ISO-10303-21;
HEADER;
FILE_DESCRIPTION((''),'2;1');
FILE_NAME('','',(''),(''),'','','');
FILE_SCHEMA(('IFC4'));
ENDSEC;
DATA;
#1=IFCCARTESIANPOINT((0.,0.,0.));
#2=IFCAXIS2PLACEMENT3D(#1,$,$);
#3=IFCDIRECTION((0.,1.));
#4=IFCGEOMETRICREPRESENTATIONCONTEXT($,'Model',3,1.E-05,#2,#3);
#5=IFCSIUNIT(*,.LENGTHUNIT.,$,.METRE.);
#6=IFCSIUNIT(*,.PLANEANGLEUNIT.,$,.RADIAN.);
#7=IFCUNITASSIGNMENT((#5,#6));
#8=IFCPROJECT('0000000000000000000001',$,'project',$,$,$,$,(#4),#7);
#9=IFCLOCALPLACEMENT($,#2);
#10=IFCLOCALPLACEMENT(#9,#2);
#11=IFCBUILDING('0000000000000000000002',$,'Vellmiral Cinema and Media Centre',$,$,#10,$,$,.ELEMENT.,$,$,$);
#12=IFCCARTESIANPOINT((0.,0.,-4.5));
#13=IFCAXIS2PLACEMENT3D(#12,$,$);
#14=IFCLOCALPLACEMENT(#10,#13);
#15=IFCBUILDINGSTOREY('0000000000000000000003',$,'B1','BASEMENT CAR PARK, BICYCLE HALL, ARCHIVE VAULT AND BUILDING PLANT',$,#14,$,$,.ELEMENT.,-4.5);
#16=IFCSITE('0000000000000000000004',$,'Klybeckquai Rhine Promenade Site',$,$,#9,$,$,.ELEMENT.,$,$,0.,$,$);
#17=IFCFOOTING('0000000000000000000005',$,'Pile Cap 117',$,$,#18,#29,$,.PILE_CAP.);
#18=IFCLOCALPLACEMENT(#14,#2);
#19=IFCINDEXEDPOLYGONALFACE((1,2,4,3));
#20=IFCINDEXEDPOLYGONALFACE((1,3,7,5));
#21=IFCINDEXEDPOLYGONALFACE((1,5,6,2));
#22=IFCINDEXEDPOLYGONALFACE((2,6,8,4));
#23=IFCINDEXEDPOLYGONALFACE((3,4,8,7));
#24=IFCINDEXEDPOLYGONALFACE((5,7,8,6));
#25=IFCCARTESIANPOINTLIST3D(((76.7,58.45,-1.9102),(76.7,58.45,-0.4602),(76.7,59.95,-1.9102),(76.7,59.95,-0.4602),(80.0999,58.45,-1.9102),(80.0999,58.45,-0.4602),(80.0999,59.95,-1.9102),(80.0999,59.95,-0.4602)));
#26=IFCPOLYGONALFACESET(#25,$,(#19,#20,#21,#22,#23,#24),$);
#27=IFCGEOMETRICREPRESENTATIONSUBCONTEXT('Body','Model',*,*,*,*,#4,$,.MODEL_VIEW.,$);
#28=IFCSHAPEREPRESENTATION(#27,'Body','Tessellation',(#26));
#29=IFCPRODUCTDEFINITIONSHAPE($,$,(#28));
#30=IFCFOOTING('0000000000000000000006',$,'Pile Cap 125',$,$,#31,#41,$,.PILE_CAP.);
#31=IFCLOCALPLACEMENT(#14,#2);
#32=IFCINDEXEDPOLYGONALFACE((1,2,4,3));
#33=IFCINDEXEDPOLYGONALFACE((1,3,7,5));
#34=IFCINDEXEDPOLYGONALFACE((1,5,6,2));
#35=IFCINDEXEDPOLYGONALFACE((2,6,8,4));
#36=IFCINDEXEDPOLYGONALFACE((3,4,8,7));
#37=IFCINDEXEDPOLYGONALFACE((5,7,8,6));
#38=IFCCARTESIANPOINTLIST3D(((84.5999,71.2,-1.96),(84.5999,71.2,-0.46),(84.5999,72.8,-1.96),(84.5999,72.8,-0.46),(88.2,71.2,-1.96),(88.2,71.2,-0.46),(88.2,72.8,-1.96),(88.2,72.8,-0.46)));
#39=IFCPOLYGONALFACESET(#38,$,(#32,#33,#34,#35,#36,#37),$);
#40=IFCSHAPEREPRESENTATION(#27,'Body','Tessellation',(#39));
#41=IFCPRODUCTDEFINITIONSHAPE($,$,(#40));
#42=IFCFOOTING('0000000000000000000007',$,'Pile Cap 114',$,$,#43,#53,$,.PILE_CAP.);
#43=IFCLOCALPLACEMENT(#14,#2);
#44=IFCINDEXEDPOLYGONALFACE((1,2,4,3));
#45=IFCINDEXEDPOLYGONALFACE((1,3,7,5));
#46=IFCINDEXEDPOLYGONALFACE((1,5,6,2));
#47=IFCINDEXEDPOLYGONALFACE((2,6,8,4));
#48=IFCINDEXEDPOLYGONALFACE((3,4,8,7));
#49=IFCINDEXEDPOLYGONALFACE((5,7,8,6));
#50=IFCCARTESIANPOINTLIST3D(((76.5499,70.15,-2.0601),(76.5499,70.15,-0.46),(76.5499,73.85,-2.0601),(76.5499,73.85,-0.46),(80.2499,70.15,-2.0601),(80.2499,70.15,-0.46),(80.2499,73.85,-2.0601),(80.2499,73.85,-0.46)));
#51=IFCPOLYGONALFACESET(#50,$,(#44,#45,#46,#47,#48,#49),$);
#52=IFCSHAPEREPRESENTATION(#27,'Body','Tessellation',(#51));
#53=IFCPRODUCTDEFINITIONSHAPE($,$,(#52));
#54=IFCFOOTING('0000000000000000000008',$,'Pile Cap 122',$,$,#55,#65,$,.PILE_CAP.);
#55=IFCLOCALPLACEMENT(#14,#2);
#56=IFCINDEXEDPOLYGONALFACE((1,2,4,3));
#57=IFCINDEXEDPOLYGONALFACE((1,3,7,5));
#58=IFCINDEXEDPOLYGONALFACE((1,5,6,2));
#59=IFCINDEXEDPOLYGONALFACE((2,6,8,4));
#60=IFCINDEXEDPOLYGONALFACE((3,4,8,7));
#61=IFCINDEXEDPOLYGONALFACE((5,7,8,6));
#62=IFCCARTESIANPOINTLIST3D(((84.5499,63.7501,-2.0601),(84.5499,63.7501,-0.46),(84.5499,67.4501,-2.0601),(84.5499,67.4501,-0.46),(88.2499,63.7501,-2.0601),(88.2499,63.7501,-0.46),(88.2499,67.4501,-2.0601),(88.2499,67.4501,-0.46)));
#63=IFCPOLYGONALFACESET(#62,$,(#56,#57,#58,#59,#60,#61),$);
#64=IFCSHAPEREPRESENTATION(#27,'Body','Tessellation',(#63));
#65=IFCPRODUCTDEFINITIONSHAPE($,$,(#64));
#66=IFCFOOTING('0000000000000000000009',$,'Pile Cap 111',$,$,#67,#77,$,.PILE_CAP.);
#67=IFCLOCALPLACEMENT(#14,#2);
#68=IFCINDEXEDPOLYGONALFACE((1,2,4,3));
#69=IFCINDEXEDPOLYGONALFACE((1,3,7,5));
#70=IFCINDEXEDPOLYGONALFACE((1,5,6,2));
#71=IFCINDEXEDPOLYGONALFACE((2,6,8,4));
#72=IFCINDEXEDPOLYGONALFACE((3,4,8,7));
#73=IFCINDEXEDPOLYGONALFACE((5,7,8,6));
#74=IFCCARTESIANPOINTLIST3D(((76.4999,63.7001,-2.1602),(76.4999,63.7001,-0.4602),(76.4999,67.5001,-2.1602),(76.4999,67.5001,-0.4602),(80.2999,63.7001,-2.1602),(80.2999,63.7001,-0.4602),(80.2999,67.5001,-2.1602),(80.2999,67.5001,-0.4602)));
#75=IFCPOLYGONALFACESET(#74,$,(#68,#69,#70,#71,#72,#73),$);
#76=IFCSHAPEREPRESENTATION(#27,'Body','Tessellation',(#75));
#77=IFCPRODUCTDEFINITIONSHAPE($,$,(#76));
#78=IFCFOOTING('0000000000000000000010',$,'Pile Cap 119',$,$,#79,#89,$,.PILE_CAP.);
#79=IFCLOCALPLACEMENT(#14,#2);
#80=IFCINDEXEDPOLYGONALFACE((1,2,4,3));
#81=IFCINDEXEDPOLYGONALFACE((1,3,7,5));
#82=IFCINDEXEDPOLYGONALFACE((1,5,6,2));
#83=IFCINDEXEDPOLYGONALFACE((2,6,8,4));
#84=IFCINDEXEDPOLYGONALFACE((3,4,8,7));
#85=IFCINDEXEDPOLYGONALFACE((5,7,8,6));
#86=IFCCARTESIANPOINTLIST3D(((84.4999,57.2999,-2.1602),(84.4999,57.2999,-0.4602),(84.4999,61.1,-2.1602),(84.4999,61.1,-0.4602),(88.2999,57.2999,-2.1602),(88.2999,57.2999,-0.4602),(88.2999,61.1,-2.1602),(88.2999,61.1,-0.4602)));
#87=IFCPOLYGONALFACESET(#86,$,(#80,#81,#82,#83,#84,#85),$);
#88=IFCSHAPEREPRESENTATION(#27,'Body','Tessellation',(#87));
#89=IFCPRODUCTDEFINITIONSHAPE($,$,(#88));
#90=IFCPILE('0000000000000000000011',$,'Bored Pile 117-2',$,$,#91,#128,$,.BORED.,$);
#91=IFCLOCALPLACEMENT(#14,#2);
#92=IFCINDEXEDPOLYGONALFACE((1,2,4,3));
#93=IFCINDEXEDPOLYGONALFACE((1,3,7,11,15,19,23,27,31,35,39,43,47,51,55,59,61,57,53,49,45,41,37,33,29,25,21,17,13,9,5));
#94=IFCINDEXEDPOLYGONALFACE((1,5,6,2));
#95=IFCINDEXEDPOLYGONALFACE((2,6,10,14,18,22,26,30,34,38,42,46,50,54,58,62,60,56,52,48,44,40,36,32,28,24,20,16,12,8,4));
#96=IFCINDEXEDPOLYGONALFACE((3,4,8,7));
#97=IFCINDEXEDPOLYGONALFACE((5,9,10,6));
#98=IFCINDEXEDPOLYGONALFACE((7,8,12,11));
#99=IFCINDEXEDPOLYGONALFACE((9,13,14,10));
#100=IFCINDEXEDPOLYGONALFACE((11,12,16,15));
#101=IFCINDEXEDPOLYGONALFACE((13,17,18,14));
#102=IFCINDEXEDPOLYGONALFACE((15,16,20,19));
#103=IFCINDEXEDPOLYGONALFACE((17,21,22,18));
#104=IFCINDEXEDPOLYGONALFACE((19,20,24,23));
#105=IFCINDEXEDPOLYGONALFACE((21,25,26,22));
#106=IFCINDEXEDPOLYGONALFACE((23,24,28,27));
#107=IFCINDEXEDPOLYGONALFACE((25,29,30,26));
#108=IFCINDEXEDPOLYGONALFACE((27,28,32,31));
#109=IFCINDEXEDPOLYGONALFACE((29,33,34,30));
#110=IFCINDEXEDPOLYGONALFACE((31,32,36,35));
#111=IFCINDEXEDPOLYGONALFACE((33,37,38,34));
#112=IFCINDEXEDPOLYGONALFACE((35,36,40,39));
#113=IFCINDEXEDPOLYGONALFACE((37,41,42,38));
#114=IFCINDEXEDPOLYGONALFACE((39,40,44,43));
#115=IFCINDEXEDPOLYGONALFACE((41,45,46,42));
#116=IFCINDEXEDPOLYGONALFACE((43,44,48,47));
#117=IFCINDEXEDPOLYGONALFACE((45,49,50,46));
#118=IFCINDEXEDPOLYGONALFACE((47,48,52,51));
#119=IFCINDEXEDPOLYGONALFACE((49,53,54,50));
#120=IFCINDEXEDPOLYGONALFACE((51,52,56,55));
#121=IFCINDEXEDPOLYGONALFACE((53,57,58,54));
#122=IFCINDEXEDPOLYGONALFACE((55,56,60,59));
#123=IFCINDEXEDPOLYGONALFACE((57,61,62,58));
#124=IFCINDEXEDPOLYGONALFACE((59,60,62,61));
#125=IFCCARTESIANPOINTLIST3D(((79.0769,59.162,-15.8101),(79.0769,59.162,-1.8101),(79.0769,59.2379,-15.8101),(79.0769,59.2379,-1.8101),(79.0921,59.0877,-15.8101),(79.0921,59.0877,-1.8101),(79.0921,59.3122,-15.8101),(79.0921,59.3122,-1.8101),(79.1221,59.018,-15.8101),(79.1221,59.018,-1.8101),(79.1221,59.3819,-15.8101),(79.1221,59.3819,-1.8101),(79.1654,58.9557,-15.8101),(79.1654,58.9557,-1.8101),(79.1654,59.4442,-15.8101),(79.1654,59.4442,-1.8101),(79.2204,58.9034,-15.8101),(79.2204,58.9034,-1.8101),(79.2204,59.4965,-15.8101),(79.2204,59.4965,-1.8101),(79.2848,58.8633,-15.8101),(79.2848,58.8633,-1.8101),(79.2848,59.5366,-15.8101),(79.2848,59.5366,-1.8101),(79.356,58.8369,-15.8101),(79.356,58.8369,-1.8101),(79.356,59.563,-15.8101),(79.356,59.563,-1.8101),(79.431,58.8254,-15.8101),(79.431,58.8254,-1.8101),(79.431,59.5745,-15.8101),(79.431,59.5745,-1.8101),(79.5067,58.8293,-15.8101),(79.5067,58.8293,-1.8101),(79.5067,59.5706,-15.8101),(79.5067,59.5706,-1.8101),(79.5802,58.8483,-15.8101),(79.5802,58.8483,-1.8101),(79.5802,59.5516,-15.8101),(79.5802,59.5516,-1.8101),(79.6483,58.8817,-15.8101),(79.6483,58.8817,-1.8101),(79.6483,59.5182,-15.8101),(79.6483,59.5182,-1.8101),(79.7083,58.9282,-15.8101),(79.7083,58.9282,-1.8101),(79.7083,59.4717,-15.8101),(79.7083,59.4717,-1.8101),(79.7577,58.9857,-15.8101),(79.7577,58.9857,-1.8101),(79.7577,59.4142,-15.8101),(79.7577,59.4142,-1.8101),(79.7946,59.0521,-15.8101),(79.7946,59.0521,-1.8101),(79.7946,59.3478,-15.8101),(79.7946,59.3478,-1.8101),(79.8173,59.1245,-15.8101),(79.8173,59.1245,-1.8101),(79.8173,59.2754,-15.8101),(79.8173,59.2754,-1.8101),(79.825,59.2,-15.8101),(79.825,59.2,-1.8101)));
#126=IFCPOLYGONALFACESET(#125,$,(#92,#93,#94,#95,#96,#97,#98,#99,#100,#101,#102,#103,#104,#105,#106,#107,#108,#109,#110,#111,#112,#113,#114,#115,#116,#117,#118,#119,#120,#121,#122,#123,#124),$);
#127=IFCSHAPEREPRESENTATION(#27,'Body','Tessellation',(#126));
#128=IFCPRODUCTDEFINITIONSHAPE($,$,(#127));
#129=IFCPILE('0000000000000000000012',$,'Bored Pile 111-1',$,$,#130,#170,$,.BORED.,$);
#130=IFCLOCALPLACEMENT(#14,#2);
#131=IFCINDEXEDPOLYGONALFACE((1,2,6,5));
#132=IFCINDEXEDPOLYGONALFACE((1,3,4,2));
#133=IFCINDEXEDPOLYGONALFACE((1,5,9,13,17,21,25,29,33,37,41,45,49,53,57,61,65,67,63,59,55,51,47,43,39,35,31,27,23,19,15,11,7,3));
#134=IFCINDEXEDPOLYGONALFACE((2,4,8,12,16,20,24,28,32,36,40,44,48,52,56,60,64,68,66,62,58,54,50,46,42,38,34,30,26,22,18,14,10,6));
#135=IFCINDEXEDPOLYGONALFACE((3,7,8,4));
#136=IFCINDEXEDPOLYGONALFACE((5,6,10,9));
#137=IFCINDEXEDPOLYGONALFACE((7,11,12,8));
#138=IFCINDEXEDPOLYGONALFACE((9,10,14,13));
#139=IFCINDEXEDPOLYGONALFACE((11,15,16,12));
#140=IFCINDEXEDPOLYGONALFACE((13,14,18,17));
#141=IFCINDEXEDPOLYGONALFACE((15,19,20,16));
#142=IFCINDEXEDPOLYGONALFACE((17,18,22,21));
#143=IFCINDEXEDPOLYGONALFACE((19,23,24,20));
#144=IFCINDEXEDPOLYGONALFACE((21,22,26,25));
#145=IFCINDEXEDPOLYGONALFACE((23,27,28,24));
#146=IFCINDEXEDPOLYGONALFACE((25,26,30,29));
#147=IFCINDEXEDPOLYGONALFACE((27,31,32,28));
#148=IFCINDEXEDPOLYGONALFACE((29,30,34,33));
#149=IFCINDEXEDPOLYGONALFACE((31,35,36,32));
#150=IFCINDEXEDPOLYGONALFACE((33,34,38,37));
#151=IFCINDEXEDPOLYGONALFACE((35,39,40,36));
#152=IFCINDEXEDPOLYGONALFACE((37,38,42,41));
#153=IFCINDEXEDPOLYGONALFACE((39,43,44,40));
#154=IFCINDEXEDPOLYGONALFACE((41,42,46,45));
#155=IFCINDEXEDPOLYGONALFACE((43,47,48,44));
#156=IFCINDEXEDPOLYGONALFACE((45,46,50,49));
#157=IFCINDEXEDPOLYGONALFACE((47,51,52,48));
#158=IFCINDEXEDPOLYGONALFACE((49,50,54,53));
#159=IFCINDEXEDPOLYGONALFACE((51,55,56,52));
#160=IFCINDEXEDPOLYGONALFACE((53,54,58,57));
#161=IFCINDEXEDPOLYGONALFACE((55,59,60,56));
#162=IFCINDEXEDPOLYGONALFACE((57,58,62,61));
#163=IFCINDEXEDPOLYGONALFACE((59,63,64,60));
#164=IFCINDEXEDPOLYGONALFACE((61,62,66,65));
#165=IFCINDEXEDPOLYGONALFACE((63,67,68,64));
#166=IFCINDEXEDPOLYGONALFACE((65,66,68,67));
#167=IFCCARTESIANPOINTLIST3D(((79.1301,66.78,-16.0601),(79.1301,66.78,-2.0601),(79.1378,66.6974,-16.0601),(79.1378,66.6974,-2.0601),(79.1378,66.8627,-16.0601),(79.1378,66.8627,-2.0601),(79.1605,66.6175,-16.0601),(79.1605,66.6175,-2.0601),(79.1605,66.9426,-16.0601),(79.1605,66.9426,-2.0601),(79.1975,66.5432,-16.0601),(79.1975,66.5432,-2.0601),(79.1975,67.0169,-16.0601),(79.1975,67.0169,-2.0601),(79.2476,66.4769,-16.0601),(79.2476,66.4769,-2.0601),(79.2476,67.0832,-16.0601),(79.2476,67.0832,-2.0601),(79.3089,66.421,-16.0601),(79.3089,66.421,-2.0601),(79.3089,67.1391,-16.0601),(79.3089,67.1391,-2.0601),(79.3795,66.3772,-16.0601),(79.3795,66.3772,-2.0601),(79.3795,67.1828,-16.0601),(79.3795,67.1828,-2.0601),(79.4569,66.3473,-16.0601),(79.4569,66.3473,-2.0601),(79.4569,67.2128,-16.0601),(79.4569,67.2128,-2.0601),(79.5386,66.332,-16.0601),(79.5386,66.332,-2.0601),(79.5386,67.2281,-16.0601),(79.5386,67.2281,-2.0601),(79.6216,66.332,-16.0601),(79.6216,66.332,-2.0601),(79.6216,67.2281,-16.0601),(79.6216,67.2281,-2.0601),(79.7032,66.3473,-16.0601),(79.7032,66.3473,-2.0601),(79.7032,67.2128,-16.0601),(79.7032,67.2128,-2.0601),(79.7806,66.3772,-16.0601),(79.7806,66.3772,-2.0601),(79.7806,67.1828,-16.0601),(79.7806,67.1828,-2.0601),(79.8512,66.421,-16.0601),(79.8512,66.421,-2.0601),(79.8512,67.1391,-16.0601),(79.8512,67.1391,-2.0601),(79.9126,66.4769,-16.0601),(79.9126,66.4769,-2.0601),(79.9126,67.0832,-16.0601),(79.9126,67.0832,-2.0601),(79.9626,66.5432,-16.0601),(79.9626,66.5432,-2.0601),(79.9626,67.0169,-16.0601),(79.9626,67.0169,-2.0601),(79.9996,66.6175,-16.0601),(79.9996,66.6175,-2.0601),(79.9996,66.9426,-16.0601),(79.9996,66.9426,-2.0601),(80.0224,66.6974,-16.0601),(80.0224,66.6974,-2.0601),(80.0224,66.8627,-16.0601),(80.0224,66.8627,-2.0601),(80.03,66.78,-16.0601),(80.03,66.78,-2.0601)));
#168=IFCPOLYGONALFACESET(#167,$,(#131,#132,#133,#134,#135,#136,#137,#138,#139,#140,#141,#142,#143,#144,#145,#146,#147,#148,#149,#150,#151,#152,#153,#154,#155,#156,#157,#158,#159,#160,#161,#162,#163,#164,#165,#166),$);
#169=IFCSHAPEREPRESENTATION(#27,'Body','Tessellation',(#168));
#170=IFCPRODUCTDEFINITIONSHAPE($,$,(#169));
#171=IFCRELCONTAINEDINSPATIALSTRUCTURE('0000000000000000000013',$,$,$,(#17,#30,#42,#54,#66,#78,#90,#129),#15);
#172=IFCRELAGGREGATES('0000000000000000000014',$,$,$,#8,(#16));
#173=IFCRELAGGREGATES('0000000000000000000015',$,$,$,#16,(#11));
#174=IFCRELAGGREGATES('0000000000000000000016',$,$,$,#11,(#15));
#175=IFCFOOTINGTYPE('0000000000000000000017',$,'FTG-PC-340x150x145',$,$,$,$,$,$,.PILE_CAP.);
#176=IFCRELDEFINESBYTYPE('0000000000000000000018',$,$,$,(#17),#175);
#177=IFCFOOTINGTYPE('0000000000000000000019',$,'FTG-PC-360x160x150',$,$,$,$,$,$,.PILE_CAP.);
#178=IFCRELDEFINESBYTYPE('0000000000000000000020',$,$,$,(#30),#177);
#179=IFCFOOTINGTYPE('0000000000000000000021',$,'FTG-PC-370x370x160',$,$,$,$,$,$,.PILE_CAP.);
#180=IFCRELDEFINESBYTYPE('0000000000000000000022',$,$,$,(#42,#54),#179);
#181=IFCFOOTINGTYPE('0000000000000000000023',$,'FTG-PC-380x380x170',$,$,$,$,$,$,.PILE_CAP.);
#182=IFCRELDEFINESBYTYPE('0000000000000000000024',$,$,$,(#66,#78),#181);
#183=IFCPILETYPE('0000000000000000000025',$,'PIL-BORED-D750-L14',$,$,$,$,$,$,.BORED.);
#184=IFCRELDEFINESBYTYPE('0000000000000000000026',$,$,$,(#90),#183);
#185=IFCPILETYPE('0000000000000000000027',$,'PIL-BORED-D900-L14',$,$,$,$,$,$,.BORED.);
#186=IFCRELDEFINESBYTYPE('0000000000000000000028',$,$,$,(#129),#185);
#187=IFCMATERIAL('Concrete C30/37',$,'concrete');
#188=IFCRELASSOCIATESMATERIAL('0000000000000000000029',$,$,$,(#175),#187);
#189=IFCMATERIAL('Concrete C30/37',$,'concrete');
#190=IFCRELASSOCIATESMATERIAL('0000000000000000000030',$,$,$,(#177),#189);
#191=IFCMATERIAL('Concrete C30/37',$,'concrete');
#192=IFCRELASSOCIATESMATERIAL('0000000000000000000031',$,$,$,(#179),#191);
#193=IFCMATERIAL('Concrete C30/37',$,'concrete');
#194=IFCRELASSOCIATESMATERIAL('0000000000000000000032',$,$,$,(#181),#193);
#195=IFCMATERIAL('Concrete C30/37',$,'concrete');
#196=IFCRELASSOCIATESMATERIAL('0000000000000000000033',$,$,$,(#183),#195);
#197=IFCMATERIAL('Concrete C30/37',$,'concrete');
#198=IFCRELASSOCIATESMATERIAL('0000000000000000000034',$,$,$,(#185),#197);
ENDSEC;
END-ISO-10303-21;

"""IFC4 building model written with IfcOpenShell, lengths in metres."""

from ifc_helpers import new_model, si_unit, direction, frame, origin, origin_2d, place, context, subcontext, project, spatial, rectangle, circle, extrude, material, material_profile, profile_set, type_object, element, save


model = new_model("IFC4")

# Units and contexts
model_context = context("Model", 3, precision=1e-05, world=origin(), true_north=direction((0.0, 1.0)))
body_context = subcontext(model_context, "Body", "Model", "MODEL_VIEW")
ifc_project = project(units=[si_unit("LENGTHUNIT", "METRE"), si_unit("PLANEANGLEUNIT", "RADIAN")], contexts=[model_context])

# Site, building, storey
site_placement = place(None, origin())
site = spatial("IfcSite", under=ifc_project, at=site_placement, Name="Klybeckquai Rhine Promenade Site", CompositionType="ELEMENT", RefElevation=0.0)
building_placement = place(site_placement, origin())
building = spatial("IfcBuilding", under=site, at=building_placement, Name="Vellmiral Cinema and Media Centre", CompositionType="ELEMENT")
storey_placement = place(building_placement, frame((0.0, 0.0, -4.5)))
storey = spatial("IfcBuildingStorey", under=building, at=storey_placement, Name="B1", Description="BASEMENT CAR PARK, BICYCLE HALL, ARCHIVE VAULT AND BUILDING PLANT", CompositionType="ELEMENT", Elevation=-4.5)

# Footings
ifc_material_1 = material(Name="Concrete C30/37", Category="concrete")
footing_type_1 = type_object("IfcFootingType", Name="FTG-PC-340x150x145", PredefinedType="PILE_CAP", material=ifc_material_1)
footing_1_placement = place(storey_placement, frame((78.3999, 59.2, -1.9102), z_axis=(0.0, 0.0, 1.0), x_axis=(1.0, 0.0, 0.0)))
element("IfcFooting", 1, at=footing_1_placement, inside=storey, type_object=footing_type_1, Name="Pile Cap 117", PredefinedType="PILE_CAP", context=body_context, shape_type="SweptSolid", body=[
    extrude(rectangle(XDim=3.3999, YDim=1.5, at=origin_2d()), origin(), (0.0, 0.0, 1.0), 1.45),
])
ifc_material_2 = material(Name="Concrete C30/37", Category="concrete")
footing_type_2 = type_object("IfcFootingType", Name="FTG-PC-360x160x150", PredefinedType="PILE_CAP", material=ifc_material_2)
footing_2_placement = place(storey_placement, frame((86.3999, 72.0, -1.96), z_axis=(0.0, 0.0, 1.0), x_axis=(1.0, 0.0, 0.0)))
element("IfcFooting", 2, at=footing_2_placement, inside=storey, type_object=footing_type_2, Name="Pile Cap 125", PredefinedType="PILE_CAP", context=body_context, shape_type="SweptSolid", body=[
    extrude(rectangle(XDim=3.6001, YDim=1.6001, at=origin_2d()), origin(), (0.0, 0.0, 1.0), 1.5),
])
ifc_material_3 = material(Name="Concrete C30/37", Category="concrete")
footing_type_3 = type_object("IfcFootingType", Name="FTG-PC-370x370x160", PredefinedType="PILE_CAP", material=ifc_material_3)
for number, where, z_axis, x_axis, name in (
    (3, (78.3999, 72.0, -2.0601), (0.0, 0.0, 1.0), (1.0, 0.0, 0.0), "Pile Cap 114"),
    (4, (86.3999, 65.6001, -2.0601), (0.0, 0.0, 1.0), (1.0, 0.0, 0.0), "Pile Cap 122"),
):
    element("IfcFooting", number, at=place(storey_placement, frame(where, z_axis=z_axis, x_axis=x_axis)), inside=storey, type_object=footing_type_3, Name=name, PredefinedType="PILE_CAP", context=body_context, shape_type="SweptSolid", body=[
        extrude(rectangle(XDim=3.7, YDim=3.7, at=origin_2d()), origin(), (0.0, 0.0, 1.0), 1.6001),
    ])
ifc_material_4 = material(Name="Concrete C30/37", Category="concrete")
footing_type_4 = type_object("IfcFootingType", Name="FTG-PC-380x380x170", PredefinedType="PILE_CAP", material=ifc_material_4)
for number, where, z_axis, x_axis, name in (
    (5, (78.3999, 65.6001, -2.1602), (0.0, 0.0, 1.0), (1.0, 0.0, 0.0), "Pile Cap 111"),
    (6, (86.3999, 59.2, -2.1602), (0.0, 0.0, 1.0), (1.0, 0.0, 0.0), "Pile Cap 119"),
):
    element("IfcFooting", number, at=place(storey_placement, frame(where, z_axis=z_axis, x_axis=x_axis)), inside=storey, type_object=footing_type_4, Name=name, PredefinedType="PILE_CAP", context=body_context, shape_type="SweptSolid", body=[
        extrude(rectangle(XDim=3.8, YDim=3.8, at=origin_2d()), origin(), (0.0, 0.0, 1.0), 1.7),
    ])

# Piles
ifc_material_5 = material(Name="Concrete C30/37", Category="concrete")
ifc_material_profile_1 = material_profile(ifc_material_5, circle(Radius=0.375, at=origin_2d()), Name="PILE D750")
ifc_profile_set_1 = profile_set([ifc_material_profile_1], Name="Concrete C30/37")
pile_type_1 = type_object("IfcPileType", Name="PIL-BORED-D750-L14", PredefinedType="BORED", material=ifc_profile_set_1)
pile_1_placement = place(storey_placement, frame((79.45, 59.2, -1.8101), z_axis=(0.0, 0.0, -1.0), x_axis=(1.0, 0.0, 0.0)))
element("IfcPile", 7, at=pile_1_placement, inside=storey, type_object=pile_type_1, Name="Bored Pile 117-2", PredefinedType="BORED", context=body_context, shape_type="SweptSolid", body=[
    extrude(circle(Radius=0.375, at=origin_2d()), origin(), (0.0, 0.0, 1.0), 14.0),
])
ifc_material_6 = material(Name="Concrete C30/37", Category="concrete")
ifc_material_profile_2 = material_profile(ifc_material_6, circle(Radius=0.45, at=origin_2d()), Name="PILE D900")
ifc_profile_set_2 = profile_set([ifc_material_profile_2], Name="Concrete C30/37")
pile_type_2 = type_object("IfcPileType", Name="PIL-BORED-D900-L14", PredefinedType="BORED", material=ifc_profile_set_2)
for number, where, z_axis, x_axis, name in (
    (8, (79.5801, 66.78, -2.0601), (0.0, 0.0, -1.0), (1.0, 0.0, 0.0), "Bored Pile 111-1"),
):
    element("IfcPile", number, at=place(storey_placement, frame(where, z_axis=z_axis, x_axis=x_axis)), inside=storey, type_object=pile_type_2, Name=name, PredefinedType="BORED", context=body_context, shape_type="SweptSolid", body=[
        extrude(circle(Radius=0.45, at=origin_2d()), origin(), (0.0, 0.0, 1.0), 14.0),
    ])

save(model, "model.ifc")
